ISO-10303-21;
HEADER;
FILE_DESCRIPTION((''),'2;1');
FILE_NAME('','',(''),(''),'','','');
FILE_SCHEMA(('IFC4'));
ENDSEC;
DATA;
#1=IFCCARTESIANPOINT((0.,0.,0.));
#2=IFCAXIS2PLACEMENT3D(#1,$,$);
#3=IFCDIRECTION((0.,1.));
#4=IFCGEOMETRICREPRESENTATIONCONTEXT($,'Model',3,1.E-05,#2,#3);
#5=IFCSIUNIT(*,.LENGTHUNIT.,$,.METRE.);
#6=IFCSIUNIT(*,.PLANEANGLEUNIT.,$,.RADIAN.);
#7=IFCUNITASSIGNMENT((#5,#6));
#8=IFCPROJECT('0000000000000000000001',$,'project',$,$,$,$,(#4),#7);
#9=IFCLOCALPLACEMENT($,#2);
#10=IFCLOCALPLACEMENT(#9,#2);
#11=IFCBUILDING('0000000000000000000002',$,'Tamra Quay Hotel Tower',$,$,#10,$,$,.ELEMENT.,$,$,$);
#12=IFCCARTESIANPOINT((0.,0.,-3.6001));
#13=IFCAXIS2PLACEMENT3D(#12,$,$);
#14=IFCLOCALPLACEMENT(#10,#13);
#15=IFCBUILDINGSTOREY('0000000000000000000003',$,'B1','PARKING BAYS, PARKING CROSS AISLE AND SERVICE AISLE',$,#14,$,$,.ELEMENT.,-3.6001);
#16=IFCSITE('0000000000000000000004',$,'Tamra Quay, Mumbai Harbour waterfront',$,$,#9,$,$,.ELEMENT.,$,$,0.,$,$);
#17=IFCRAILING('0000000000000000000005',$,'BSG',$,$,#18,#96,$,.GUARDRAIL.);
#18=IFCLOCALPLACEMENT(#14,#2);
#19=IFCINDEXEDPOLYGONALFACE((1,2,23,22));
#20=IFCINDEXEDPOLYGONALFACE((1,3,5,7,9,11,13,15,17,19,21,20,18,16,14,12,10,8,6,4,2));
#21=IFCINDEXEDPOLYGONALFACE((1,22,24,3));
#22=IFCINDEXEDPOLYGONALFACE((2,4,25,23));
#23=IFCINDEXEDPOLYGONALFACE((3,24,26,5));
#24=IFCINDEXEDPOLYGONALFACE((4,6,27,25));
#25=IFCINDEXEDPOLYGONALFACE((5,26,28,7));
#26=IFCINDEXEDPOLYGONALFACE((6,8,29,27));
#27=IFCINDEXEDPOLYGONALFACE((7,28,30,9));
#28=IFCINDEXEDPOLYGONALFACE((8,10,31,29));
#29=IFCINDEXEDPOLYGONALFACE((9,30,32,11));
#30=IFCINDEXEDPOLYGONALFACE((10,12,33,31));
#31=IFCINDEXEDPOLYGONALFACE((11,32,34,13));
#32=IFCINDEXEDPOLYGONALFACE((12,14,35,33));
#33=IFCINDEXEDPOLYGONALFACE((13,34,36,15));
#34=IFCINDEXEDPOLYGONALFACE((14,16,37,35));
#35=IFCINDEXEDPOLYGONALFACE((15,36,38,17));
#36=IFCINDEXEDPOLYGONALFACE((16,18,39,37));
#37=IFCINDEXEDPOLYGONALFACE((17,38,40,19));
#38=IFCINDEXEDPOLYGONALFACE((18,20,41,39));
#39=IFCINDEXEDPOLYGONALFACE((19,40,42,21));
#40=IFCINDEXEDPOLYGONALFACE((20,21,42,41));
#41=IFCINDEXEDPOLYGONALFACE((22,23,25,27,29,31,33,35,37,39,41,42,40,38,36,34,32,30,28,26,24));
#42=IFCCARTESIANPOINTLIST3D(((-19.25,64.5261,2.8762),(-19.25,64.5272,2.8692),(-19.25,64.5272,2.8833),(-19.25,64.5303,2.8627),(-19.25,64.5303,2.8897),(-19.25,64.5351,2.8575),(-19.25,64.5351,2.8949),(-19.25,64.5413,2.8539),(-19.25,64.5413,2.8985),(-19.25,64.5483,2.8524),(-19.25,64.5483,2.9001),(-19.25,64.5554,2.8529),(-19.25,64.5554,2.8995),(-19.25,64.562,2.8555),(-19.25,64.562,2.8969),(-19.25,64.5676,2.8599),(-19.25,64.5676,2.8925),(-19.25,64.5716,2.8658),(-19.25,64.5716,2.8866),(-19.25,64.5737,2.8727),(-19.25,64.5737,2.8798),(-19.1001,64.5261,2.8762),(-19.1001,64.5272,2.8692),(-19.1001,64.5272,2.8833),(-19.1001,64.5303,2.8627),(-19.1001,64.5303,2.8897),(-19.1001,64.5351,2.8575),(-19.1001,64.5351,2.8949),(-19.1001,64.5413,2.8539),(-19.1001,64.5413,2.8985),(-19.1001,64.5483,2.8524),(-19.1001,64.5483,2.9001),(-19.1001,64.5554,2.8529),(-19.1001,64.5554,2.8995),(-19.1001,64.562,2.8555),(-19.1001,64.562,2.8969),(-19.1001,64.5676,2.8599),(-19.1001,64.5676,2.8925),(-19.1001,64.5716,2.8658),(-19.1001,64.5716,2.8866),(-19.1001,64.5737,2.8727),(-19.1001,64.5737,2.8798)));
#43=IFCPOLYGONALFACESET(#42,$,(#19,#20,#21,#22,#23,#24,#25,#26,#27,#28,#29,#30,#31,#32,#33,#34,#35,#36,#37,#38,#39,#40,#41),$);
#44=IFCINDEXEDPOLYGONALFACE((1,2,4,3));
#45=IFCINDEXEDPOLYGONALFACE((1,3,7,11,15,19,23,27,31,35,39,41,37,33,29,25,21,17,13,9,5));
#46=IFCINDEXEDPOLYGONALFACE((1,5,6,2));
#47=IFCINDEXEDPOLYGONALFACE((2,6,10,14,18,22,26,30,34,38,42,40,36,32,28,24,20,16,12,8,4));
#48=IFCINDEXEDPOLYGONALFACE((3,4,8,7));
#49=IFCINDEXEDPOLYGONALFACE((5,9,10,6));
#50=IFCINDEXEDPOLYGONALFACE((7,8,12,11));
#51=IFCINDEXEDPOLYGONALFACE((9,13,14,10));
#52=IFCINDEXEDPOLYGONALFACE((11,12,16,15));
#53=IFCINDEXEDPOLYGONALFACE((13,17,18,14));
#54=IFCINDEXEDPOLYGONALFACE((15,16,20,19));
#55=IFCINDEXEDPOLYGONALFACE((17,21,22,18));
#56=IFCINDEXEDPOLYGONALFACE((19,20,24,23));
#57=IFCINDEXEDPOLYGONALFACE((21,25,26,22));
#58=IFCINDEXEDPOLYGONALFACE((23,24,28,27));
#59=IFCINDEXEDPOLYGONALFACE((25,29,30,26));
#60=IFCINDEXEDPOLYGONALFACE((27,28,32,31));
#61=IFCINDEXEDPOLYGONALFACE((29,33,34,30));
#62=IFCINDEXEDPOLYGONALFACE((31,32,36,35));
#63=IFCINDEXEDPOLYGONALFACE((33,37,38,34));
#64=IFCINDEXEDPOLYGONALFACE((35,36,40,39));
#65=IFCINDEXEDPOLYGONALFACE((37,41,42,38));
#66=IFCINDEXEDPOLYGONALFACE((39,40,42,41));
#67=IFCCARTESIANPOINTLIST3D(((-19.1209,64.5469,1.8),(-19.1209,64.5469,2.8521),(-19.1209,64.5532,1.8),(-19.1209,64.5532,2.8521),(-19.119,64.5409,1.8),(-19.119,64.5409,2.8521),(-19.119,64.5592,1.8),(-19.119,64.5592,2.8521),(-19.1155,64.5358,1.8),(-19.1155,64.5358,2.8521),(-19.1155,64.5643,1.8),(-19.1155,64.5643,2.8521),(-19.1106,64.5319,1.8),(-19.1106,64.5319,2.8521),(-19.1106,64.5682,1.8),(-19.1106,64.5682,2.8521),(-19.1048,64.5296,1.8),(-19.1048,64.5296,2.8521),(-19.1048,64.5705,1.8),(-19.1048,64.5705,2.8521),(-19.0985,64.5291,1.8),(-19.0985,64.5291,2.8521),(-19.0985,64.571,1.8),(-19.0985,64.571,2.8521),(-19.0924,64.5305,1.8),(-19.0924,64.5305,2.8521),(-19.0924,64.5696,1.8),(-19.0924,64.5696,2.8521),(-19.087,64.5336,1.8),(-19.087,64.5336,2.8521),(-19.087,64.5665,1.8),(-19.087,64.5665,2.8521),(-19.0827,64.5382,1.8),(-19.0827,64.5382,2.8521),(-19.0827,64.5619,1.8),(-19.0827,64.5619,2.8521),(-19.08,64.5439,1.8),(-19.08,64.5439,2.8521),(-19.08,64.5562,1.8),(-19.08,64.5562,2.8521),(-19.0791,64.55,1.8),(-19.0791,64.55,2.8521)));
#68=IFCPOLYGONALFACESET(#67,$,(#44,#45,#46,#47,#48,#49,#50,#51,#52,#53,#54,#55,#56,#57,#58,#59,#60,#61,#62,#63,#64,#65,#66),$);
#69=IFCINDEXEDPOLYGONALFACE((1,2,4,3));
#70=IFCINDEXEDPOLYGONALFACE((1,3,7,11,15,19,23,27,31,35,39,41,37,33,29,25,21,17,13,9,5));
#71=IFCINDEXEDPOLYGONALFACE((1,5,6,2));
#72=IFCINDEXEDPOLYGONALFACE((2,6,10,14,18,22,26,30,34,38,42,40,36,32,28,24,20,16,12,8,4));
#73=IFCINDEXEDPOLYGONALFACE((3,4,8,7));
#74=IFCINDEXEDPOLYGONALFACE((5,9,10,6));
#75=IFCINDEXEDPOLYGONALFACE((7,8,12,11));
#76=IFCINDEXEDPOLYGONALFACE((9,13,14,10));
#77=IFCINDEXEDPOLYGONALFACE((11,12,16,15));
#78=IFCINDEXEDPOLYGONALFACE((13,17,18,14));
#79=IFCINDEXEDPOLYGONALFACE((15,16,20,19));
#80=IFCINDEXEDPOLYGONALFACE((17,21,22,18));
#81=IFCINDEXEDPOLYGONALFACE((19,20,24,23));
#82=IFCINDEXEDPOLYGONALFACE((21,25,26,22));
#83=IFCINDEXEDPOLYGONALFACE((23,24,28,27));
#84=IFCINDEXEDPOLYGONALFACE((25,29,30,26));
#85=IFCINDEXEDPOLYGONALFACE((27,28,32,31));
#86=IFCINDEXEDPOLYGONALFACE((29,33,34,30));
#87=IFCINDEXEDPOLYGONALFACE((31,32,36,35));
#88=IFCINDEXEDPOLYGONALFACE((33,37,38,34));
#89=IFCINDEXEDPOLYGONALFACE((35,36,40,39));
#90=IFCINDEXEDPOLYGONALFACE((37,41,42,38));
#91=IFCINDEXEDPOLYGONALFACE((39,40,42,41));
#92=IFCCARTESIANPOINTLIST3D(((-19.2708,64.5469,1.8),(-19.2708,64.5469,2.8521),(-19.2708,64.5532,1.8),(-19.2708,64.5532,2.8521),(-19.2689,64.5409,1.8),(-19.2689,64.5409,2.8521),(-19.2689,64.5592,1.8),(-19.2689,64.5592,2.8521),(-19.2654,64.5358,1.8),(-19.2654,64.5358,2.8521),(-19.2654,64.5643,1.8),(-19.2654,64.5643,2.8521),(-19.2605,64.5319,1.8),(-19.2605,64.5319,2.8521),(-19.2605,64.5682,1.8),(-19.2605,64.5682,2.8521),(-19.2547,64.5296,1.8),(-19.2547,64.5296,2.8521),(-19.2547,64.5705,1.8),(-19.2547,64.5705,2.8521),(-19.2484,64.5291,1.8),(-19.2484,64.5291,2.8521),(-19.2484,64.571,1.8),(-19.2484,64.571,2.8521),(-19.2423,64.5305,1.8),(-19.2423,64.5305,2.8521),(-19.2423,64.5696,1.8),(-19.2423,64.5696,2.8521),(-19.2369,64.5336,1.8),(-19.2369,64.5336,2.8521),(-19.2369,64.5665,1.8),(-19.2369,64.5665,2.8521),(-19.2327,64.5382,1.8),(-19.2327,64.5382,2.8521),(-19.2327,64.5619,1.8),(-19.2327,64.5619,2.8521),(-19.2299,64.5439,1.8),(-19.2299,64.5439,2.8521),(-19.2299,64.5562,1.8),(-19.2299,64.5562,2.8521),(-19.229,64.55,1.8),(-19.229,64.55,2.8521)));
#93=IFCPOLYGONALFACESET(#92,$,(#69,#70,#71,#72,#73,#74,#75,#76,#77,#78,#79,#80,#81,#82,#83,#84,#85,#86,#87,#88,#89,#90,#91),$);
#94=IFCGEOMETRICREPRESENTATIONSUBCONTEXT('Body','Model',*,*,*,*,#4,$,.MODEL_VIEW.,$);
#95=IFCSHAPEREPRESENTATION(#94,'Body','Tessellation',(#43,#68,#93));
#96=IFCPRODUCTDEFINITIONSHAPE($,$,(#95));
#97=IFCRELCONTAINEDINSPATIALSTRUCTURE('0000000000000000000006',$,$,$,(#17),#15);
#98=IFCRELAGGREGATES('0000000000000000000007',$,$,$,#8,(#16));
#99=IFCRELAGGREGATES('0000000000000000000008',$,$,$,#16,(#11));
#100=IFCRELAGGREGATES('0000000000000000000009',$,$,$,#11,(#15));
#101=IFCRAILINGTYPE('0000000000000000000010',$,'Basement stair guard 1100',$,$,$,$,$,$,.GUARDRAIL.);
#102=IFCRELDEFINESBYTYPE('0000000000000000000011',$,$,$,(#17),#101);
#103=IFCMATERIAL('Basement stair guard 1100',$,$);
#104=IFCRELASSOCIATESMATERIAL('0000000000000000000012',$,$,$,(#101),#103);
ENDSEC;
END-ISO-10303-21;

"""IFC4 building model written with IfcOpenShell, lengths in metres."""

from ifc_helpers import new_model, si_unit, direction, frame, origin, origin_2d, place, context, subcontext, project, spatial, circle, extrude, material, type_object, element, save


model = new_model("IFC4")

# Units and contexts
model_context = context("Model", 3, precision=1e-05, world=origin(), true_north=direction((0.0, 1.0)))
body_context = subcontext(model_context, "Body", "Model", "MODEL_VIEW")
ifc_project = project(units=[si_unit("LENGTHUNIT", "METRE"), si_unit("PLANEANGLEUNIT", "RADIAN")], contexts=[model_context])

# Site, building, storey
site_placement = place(None, origin())
site = spatial("IfcSite", under=ifc_project, at=site_placement, Name="Tamra Quay, Mumbai Harbour waterfront", CompositionType="ELEMENT", RefElevation=0.0)
building_placement = place(site_placement, origin())
building = spatial("IfcBuilding", under=site, at=building_placement, Name="Tamra Quay Hotel Tower", CompositionType="ELEMENT")
storey_placement = place(building_placement, frame((0.0, 0.0, -3.6001)))
storey = spatial("IfcBuildingStorey", under=building, at=storey_placement, Name="B1", Description="PARKING BAYS, PARKING CROSS AISLE AND SERVICE AISLE", CompositionType="ELEMENT", Elevation=-3.6001)

# Railing
ifc_material_1 = material(Name="Basement stair guard 1100")
railing_type_1 = type_object("IfcRailingType", Name="Basement stair guard 1100", PredefinedType="GUARDRAIL", material=ifc_material_1)
railing_1_placement = place(storey_placement, frame((-19.1001, 64.55, 1.8)))
element("IfcRailing", 1, at=railing_1_placement, inside=storey, type_object=railing_type_1, Name="BSG", PredefinedType="GUARDRAIL", context=body_context, shape_type="SweptSolid", body=[
    extrude(circle(Radius=0.0239, at=origin_2d()), frame((0.0, 0.0, 1.0762), z_axis=(-1.0, 0.0, 0.0), x_axis=(0.0, -1.0, 0.0)), (0.0, 0.0, 1.0), 0.1499),
    extrude(circle(Radius=0.021, at=origin_2d()), origin(), (0.0, 0.0, 1.0), 1.052),
    extrude(circle(Radius=0.021, at=origin_2d()), frame((-0.1499, 0.0, 0.0)), (0.0, 0.0, 1.0), 1.052),
])

save(model, "model.ifc")
